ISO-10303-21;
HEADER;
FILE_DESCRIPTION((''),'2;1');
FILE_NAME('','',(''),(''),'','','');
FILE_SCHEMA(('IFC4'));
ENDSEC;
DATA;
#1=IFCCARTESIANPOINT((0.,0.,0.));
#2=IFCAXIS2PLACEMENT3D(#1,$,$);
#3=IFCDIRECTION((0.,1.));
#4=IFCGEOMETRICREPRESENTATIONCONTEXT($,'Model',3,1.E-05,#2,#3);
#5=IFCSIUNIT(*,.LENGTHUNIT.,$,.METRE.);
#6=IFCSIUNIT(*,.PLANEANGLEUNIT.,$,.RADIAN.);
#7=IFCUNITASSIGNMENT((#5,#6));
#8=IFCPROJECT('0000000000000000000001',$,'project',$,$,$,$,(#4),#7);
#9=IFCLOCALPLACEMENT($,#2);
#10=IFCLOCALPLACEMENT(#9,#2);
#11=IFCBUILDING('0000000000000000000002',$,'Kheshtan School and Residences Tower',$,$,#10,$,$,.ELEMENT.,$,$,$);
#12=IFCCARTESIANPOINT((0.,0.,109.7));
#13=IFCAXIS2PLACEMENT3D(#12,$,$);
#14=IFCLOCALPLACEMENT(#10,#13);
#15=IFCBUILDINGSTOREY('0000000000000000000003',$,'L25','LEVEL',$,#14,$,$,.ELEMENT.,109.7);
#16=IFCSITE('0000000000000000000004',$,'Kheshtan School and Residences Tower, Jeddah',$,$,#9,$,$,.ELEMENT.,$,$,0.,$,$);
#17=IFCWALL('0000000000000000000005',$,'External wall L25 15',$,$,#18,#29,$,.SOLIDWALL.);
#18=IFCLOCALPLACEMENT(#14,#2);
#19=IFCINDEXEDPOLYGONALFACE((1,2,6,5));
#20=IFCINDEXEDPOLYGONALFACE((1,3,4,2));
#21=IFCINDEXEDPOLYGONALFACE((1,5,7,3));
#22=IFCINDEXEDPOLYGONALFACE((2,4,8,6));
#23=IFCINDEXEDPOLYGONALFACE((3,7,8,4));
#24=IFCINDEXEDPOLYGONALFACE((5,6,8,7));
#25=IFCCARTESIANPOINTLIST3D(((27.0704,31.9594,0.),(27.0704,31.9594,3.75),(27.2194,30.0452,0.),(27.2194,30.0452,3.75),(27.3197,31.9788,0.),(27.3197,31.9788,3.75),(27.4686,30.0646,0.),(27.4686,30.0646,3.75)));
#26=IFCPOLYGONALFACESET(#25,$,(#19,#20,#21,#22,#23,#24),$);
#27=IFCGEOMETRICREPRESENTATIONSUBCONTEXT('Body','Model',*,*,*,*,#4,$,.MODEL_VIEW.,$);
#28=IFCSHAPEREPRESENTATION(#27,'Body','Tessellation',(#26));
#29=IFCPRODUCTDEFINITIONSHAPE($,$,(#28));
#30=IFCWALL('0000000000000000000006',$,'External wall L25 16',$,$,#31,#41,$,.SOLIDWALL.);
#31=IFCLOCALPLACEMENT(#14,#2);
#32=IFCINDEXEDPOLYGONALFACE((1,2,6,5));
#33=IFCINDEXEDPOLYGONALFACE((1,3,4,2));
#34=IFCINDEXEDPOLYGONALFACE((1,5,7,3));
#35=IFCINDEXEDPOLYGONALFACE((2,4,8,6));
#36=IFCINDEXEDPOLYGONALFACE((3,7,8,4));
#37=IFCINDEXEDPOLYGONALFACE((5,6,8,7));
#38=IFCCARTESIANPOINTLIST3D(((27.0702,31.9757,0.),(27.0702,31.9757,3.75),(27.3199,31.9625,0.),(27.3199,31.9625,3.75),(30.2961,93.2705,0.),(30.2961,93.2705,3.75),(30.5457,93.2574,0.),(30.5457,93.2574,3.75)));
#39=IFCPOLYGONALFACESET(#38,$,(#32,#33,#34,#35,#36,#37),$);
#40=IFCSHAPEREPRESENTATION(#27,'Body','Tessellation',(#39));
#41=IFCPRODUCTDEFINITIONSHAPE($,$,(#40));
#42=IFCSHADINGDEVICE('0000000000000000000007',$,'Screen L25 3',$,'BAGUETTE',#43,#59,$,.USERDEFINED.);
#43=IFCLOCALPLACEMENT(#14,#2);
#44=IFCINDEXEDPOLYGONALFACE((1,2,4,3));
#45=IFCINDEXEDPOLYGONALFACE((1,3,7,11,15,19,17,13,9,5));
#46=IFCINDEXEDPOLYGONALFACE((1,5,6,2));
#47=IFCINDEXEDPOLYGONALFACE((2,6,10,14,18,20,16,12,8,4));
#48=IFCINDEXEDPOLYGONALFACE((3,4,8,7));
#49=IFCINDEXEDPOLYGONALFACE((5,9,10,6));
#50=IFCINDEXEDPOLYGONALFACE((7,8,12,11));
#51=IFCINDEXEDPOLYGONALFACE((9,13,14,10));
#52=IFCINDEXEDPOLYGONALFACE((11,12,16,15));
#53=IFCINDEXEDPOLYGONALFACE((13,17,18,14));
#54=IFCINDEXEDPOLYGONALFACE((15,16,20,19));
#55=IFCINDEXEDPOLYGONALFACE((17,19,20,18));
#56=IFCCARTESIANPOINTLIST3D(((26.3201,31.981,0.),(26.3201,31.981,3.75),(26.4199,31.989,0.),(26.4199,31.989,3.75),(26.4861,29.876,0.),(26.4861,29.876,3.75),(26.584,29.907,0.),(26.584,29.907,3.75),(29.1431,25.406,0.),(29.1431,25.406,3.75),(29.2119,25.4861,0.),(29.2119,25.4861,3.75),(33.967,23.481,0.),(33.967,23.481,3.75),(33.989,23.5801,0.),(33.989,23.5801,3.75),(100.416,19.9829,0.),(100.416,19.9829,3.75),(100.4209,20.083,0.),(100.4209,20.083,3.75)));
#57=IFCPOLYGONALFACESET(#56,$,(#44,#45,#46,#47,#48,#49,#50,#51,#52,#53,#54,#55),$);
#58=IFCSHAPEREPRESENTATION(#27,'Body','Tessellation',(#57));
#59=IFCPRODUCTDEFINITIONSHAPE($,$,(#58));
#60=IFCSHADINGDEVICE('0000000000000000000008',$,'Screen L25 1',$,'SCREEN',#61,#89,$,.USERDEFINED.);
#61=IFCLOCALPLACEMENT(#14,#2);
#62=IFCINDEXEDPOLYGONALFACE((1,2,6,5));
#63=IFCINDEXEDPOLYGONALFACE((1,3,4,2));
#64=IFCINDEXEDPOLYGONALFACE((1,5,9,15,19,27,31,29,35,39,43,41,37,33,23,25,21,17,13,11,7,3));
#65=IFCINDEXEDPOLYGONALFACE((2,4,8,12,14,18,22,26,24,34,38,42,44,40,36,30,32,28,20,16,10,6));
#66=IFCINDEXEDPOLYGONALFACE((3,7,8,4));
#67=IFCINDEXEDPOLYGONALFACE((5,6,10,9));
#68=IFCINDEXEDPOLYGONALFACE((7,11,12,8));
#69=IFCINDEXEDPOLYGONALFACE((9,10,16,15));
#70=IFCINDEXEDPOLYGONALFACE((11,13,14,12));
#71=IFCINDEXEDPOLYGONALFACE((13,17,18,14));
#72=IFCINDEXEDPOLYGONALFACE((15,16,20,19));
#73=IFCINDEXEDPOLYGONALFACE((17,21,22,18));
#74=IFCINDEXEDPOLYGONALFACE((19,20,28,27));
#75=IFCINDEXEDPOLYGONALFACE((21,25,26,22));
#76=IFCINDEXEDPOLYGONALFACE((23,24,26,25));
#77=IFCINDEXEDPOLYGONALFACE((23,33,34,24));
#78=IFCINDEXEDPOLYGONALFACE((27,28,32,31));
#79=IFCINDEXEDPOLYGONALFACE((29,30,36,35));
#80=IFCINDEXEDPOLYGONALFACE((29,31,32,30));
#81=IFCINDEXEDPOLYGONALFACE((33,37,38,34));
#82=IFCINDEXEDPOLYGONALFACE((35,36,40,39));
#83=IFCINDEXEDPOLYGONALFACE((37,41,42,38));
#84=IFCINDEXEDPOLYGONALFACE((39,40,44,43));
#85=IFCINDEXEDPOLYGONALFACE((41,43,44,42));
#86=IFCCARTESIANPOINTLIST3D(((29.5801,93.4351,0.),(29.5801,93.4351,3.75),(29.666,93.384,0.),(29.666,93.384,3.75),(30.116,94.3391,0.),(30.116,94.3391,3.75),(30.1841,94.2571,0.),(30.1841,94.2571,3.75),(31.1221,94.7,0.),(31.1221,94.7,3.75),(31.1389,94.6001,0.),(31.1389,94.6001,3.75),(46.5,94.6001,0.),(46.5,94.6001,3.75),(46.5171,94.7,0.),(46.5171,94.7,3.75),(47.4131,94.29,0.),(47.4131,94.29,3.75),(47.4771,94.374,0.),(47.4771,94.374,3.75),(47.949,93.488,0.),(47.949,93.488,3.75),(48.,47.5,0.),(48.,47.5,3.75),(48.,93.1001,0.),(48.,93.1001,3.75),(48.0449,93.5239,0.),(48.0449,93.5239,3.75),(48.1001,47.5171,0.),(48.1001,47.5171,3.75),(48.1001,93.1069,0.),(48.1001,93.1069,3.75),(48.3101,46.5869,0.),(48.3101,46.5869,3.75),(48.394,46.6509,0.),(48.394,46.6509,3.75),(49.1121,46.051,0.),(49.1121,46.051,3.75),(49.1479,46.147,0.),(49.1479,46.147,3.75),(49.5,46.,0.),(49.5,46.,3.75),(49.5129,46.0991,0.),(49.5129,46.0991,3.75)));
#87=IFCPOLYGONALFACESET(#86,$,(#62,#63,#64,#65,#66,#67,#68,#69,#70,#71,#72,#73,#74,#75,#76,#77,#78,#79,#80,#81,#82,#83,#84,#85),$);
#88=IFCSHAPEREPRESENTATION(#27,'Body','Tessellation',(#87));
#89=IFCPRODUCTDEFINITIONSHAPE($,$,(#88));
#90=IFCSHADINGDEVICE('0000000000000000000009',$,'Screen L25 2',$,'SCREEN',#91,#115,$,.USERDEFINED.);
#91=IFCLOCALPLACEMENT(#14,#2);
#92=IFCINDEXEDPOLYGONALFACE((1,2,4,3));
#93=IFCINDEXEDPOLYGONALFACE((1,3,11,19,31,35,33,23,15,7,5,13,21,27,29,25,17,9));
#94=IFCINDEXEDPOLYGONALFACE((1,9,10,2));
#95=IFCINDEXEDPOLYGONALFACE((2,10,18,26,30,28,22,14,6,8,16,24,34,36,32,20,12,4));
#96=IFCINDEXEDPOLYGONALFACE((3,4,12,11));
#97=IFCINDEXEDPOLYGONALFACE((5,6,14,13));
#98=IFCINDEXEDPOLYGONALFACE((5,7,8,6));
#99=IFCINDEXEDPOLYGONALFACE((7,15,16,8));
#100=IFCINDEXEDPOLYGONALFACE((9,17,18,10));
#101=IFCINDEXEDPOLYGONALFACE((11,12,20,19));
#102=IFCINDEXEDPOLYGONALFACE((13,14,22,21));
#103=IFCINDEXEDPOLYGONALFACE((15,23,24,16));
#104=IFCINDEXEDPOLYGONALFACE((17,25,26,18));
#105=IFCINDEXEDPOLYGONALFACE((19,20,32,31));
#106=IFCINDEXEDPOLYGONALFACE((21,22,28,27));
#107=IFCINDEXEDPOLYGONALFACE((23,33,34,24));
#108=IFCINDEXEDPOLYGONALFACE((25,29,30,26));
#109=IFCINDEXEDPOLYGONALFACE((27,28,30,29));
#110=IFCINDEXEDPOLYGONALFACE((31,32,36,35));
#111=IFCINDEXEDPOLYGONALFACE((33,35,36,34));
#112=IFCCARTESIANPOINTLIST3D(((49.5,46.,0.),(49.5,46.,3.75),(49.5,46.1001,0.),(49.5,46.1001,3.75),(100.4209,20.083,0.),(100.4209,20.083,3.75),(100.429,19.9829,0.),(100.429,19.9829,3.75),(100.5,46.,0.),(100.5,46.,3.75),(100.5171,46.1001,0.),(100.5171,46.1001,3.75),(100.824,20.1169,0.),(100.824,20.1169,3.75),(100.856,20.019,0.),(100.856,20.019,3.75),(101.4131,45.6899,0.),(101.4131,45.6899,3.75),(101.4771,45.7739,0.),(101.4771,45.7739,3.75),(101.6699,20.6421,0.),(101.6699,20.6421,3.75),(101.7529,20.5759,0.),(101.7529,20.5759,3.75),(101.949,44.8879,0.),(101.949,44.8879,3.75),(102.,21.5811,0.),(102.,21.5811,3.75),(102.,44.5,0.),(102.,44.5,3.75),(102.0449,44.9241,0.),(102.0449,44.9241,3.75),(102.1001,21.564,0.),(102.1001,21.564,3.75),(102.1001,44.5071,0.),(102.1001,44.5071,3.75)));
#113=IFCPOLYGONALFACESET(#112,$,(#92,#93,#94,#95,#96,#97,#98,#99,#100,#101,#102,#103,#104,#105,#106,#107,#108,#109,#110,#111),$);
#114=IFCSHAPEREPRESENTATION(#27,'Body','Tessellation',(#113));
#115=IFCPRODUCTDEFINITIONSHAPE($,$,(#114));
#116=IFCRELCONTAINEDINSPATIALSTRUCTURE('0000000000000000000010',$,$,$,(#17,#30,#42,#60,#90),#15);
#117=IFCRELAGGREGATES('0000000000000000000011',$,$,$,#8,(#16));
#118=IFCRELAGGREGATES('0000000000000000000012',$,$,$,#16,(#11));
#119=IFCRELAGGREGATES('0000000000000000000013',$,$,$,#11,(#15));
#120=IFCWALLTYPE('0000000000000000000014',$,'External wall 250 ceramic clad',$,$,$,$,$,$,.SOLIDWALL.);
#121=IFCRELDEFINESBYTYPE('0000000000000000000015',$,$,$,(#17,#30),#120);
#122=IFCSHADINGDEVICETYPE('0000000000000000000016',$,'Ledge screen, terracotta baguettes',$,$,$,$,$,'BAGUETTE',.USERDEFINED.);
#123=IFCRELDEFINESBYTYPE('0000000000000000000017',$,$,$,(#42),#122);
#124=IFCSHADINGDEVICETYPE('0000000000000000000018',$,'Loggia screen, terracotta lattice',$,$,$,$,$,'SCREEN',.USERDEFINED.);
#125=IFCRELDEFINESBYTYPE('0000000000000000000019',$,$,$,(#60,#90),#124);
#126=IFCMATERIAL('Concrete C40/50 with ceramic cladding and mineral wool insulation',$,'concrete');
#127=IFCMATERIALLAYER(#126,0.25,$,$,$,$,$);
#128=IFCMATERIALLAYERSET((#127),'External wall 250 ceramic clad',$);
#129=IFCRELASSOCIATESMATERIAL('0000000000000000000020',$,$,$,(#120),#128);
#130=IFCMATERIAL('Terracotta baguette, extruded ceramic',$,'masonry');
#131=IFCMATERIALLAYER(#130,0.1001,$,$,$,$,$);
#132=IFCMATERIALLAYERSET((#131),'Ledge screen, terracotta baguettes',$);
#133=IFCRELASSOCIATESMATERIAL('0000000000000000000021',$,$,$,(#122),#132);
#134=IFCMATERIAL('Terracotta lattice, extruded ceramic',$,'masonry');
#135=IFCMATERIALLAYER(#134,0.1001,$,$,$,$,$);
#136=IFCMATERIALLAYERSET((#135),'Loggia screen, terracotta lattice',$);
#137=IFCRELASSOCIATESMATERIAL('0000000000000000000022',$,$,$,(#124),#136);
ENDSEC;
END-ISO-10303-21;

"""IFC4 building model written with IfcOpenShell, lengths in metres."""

from ifc_helpers import new_model, si_unit, direction, frame, frame_2d, origin, place, context, subcontext, project, spatial, polyline, rectangle, outline, extrude, material, layer, layer_set, type_object, element, save


model = new_model("IFC4")

# Units and contexts
model_context = context("Model", 3, precision=1e-05, world=origin(), true_north=direction((0.0, 1.0)))
body_context = subcontext(model_context, "Body", "Model", "MODEL_VIEW")
ifc_project = project(units=[si_unit("LENGTHUNIT", "METRE"), si_unit("PLANEANGLEUNIT", "RADIAN")], contexts=[model_context])

# Site, building, storey
site_placement = place(None, origin())
site = spatial("IfcSite", under=ifc_project, at=site_placement, Name="Kheshtan School and Residences Tower, Jeddah", CompositionType="ELEMENT", RefElevation=0.0)
building_placement = place(site_placement, origin())
building = spatial("IfcBuilding", under=site, at=building_placement, Name="Kheshtan School and Residences Tower", CompositionType="ELEMENT")
storey_placement = place(building_placement, frame((0.0, 0.0, 109.7)))
storey = spatial("IfcBuildingStorey", under=building, at=storey_placement, Name="L25", Description="LEVEL", CompositionType="ELEMENT", Elevation=109.7)

# Walls
ifc_material_1 = material(Name="Concrete C40/50 with ceramic cladding and mineral wool insulation", Category="concrete")
ifc_layer_1 = layer(ifc_material_1, 0.25)
ifc_layer_set_1 = layer_set([ifc_layer_1], Name="External wall 250 ceramic clad")
wall_type_1 = type_object("IfcWallType", Name="External wall 250 ceramic clad", PredefinedType="SOLIDWALL", material=ifc_layer_set_1)
wall_1_placement = place(storey_placement, frame((27.344, 30.0549, 0.0), z_axis=(0.0, 0.0, 1.0), x_axis=(-0.077572, 0.996987, 0.0)))
element("IfcWall", 1, at=wall_1_placement, inside=storey, type_object=wall_type_1, Name="External wall L25 15", PredefinedType="SOLIDWALL", context=body_context, shape_type="SweptSolid", body=[
    extrude(rectangle(XDim=1.9199, YDim=0.25, at=frame_2d((0.96, 0.0))), origin(), (0.0, 0.0, 1.0), 3.75),
])
wall_2_placement = place(storey_placement, frame((27.1951, 31.969, 0.0), z_axis=(0.0, 0.0, 1.0), x_axis=(0.052555, 0.998618, 0.0)))
element("IfcWall", 2, at=wall_2_placement, inside=storey, type_object=wall_type_1, Name="External wall L25 16", PredefinedType="SOLIDWALL", context=body_context, shape_type="SweptSolid", body=[
    extrude(rectangle(XDim=61.3796, YDim=0.25, at=frame_2d((30.6899, 0.0))), origin(), (0.0, 0.0, 1.0), 3.75),
])

# Shading devices
ifc_material_2 = material(Name="Terracotta baguette, extruded ceramic", Category="masonry")
ifc_layer_2 = layer(ifc_material_2, 0.1001)
ifc_layer_set_2 = layer_set([ifc_layer_2], Name="Ledge screen, terracotta baguettes")
shading_device_type_1 = type_object("IfcShadingDeviceType", Name="Ledge screen, terracotta baguettes", ElementType="BAGUETTE", PredefinedType="USERDEFINED", material=ifc_layer_set_2)
shading_device_1_placement = place(storey_placement, origin())
element("IfcShadingDevice", 3, at=shading_device_1_placement, inside=storey, type_object=shading_device_type_1, Name="Screen L25 3", ObjectType="BAGUETTE", PredefinedType="USERDEFINED", context=body_context, shape_type="SweptSolid", body=[
    extrude(outline(polyline([(100.4209, 20.083), (33.989, 23.5801), (29.2119, 25.4861), (26.584, 29.907), (26.4199, 31.989), (26.3201, 31.981), (26.4861, 29.876), (29.1431, 25.406), (33.967, 23.481), (100.416, 19.9829), (100.4209, 20.083)])), origin(), (0.0, 0.0, 1.0), 3.75),
])
ifc_material_3 = material(Name="Terracotta lattice, extruded ceramic", Category="masonry")
ifc_layer_3 = layer(ifc_material_3, 0.1001)
ifc_layer_set_3 = layer_set([ifc_layer_3], Name="Loggia screen, terracotta lattice")
shading_device_type_2 = type_object("IfcShadingDeviceType", Name="Loggia screen, terracotta lattice", ElementType="SCREEN", PredefinedType="USERDEFINED", material=ifc_layer_set_3)
shading_device_2_placement = place(storey_placement, origin())
element("IfcShadingDevice", 4, at=shading_device_2_placement, inside=storey, type_object=shading_device_type_2, Name="Screen L25 1", ObjectType="SCREEN", PredefinedType="USERDEFINED", context=body_context, shape_type="SweptSolid", body=[
    extrude(outline(polyline([(29.666, 93.384), (30.1841, 94.2571), (31.1389, 94.6001), (46.5, 94.6001), (47.4131, 94.29), (47.949, 93.488), (48.0, 93.1001), (48.0, 47.5), (48.3101, 46.5869), (49.1121, 46.051), (49.5, 46.0), (49.5129, 46.0991), (49.1479, 46.147), (48.394, 46.6509), (48.1001, 47.5171), (48.1001, 93.1069), (48.0449, 93.5239), (47.4771, 94.374), (46.5171, 94.7), (31.1221, 94.7), (30.116, 94.3391), (29.5801, 93.4351), (29.666, 93.384)])), origin(), (0.0, 0.0, 1.0), 3.75),
])
shading_device_3_placement = place(storey_placement, origin())
element("IfcShadingDevice", 5, at=shading_device_3_placement, inside=storey, type_object=shading_device_type_2, Name="Screen L25 2", ObjectType="SCREEN", PredefinedType="USERDEFINED", context=body_context, shape_type="SweptSolid", body=[
    extrude(outline(polyline([(49.5, 46.0), (100.5, 46.0), (101.4131, 45.6899), (101.949, 44.8879), (102.0, 44.5), (102.0, 21.5811), (101.6699, 20.6421), (100.824, 20.1169), (100.4209, 20.083), (100.429, 19.9829), (100.856, 20.019), (101.7529, 20.5759), (102.1001, 21.564), (102.1001, 44.5071), (102.0449, 44.9241), (101.4771, 45.7739), (100.5171, 46.1001), (49.5, 46.1001), (49.5, 46.0)])), origin(), (0.0, 0.0, 1.0), 3.75),
])

save(model, "model.ifc")
